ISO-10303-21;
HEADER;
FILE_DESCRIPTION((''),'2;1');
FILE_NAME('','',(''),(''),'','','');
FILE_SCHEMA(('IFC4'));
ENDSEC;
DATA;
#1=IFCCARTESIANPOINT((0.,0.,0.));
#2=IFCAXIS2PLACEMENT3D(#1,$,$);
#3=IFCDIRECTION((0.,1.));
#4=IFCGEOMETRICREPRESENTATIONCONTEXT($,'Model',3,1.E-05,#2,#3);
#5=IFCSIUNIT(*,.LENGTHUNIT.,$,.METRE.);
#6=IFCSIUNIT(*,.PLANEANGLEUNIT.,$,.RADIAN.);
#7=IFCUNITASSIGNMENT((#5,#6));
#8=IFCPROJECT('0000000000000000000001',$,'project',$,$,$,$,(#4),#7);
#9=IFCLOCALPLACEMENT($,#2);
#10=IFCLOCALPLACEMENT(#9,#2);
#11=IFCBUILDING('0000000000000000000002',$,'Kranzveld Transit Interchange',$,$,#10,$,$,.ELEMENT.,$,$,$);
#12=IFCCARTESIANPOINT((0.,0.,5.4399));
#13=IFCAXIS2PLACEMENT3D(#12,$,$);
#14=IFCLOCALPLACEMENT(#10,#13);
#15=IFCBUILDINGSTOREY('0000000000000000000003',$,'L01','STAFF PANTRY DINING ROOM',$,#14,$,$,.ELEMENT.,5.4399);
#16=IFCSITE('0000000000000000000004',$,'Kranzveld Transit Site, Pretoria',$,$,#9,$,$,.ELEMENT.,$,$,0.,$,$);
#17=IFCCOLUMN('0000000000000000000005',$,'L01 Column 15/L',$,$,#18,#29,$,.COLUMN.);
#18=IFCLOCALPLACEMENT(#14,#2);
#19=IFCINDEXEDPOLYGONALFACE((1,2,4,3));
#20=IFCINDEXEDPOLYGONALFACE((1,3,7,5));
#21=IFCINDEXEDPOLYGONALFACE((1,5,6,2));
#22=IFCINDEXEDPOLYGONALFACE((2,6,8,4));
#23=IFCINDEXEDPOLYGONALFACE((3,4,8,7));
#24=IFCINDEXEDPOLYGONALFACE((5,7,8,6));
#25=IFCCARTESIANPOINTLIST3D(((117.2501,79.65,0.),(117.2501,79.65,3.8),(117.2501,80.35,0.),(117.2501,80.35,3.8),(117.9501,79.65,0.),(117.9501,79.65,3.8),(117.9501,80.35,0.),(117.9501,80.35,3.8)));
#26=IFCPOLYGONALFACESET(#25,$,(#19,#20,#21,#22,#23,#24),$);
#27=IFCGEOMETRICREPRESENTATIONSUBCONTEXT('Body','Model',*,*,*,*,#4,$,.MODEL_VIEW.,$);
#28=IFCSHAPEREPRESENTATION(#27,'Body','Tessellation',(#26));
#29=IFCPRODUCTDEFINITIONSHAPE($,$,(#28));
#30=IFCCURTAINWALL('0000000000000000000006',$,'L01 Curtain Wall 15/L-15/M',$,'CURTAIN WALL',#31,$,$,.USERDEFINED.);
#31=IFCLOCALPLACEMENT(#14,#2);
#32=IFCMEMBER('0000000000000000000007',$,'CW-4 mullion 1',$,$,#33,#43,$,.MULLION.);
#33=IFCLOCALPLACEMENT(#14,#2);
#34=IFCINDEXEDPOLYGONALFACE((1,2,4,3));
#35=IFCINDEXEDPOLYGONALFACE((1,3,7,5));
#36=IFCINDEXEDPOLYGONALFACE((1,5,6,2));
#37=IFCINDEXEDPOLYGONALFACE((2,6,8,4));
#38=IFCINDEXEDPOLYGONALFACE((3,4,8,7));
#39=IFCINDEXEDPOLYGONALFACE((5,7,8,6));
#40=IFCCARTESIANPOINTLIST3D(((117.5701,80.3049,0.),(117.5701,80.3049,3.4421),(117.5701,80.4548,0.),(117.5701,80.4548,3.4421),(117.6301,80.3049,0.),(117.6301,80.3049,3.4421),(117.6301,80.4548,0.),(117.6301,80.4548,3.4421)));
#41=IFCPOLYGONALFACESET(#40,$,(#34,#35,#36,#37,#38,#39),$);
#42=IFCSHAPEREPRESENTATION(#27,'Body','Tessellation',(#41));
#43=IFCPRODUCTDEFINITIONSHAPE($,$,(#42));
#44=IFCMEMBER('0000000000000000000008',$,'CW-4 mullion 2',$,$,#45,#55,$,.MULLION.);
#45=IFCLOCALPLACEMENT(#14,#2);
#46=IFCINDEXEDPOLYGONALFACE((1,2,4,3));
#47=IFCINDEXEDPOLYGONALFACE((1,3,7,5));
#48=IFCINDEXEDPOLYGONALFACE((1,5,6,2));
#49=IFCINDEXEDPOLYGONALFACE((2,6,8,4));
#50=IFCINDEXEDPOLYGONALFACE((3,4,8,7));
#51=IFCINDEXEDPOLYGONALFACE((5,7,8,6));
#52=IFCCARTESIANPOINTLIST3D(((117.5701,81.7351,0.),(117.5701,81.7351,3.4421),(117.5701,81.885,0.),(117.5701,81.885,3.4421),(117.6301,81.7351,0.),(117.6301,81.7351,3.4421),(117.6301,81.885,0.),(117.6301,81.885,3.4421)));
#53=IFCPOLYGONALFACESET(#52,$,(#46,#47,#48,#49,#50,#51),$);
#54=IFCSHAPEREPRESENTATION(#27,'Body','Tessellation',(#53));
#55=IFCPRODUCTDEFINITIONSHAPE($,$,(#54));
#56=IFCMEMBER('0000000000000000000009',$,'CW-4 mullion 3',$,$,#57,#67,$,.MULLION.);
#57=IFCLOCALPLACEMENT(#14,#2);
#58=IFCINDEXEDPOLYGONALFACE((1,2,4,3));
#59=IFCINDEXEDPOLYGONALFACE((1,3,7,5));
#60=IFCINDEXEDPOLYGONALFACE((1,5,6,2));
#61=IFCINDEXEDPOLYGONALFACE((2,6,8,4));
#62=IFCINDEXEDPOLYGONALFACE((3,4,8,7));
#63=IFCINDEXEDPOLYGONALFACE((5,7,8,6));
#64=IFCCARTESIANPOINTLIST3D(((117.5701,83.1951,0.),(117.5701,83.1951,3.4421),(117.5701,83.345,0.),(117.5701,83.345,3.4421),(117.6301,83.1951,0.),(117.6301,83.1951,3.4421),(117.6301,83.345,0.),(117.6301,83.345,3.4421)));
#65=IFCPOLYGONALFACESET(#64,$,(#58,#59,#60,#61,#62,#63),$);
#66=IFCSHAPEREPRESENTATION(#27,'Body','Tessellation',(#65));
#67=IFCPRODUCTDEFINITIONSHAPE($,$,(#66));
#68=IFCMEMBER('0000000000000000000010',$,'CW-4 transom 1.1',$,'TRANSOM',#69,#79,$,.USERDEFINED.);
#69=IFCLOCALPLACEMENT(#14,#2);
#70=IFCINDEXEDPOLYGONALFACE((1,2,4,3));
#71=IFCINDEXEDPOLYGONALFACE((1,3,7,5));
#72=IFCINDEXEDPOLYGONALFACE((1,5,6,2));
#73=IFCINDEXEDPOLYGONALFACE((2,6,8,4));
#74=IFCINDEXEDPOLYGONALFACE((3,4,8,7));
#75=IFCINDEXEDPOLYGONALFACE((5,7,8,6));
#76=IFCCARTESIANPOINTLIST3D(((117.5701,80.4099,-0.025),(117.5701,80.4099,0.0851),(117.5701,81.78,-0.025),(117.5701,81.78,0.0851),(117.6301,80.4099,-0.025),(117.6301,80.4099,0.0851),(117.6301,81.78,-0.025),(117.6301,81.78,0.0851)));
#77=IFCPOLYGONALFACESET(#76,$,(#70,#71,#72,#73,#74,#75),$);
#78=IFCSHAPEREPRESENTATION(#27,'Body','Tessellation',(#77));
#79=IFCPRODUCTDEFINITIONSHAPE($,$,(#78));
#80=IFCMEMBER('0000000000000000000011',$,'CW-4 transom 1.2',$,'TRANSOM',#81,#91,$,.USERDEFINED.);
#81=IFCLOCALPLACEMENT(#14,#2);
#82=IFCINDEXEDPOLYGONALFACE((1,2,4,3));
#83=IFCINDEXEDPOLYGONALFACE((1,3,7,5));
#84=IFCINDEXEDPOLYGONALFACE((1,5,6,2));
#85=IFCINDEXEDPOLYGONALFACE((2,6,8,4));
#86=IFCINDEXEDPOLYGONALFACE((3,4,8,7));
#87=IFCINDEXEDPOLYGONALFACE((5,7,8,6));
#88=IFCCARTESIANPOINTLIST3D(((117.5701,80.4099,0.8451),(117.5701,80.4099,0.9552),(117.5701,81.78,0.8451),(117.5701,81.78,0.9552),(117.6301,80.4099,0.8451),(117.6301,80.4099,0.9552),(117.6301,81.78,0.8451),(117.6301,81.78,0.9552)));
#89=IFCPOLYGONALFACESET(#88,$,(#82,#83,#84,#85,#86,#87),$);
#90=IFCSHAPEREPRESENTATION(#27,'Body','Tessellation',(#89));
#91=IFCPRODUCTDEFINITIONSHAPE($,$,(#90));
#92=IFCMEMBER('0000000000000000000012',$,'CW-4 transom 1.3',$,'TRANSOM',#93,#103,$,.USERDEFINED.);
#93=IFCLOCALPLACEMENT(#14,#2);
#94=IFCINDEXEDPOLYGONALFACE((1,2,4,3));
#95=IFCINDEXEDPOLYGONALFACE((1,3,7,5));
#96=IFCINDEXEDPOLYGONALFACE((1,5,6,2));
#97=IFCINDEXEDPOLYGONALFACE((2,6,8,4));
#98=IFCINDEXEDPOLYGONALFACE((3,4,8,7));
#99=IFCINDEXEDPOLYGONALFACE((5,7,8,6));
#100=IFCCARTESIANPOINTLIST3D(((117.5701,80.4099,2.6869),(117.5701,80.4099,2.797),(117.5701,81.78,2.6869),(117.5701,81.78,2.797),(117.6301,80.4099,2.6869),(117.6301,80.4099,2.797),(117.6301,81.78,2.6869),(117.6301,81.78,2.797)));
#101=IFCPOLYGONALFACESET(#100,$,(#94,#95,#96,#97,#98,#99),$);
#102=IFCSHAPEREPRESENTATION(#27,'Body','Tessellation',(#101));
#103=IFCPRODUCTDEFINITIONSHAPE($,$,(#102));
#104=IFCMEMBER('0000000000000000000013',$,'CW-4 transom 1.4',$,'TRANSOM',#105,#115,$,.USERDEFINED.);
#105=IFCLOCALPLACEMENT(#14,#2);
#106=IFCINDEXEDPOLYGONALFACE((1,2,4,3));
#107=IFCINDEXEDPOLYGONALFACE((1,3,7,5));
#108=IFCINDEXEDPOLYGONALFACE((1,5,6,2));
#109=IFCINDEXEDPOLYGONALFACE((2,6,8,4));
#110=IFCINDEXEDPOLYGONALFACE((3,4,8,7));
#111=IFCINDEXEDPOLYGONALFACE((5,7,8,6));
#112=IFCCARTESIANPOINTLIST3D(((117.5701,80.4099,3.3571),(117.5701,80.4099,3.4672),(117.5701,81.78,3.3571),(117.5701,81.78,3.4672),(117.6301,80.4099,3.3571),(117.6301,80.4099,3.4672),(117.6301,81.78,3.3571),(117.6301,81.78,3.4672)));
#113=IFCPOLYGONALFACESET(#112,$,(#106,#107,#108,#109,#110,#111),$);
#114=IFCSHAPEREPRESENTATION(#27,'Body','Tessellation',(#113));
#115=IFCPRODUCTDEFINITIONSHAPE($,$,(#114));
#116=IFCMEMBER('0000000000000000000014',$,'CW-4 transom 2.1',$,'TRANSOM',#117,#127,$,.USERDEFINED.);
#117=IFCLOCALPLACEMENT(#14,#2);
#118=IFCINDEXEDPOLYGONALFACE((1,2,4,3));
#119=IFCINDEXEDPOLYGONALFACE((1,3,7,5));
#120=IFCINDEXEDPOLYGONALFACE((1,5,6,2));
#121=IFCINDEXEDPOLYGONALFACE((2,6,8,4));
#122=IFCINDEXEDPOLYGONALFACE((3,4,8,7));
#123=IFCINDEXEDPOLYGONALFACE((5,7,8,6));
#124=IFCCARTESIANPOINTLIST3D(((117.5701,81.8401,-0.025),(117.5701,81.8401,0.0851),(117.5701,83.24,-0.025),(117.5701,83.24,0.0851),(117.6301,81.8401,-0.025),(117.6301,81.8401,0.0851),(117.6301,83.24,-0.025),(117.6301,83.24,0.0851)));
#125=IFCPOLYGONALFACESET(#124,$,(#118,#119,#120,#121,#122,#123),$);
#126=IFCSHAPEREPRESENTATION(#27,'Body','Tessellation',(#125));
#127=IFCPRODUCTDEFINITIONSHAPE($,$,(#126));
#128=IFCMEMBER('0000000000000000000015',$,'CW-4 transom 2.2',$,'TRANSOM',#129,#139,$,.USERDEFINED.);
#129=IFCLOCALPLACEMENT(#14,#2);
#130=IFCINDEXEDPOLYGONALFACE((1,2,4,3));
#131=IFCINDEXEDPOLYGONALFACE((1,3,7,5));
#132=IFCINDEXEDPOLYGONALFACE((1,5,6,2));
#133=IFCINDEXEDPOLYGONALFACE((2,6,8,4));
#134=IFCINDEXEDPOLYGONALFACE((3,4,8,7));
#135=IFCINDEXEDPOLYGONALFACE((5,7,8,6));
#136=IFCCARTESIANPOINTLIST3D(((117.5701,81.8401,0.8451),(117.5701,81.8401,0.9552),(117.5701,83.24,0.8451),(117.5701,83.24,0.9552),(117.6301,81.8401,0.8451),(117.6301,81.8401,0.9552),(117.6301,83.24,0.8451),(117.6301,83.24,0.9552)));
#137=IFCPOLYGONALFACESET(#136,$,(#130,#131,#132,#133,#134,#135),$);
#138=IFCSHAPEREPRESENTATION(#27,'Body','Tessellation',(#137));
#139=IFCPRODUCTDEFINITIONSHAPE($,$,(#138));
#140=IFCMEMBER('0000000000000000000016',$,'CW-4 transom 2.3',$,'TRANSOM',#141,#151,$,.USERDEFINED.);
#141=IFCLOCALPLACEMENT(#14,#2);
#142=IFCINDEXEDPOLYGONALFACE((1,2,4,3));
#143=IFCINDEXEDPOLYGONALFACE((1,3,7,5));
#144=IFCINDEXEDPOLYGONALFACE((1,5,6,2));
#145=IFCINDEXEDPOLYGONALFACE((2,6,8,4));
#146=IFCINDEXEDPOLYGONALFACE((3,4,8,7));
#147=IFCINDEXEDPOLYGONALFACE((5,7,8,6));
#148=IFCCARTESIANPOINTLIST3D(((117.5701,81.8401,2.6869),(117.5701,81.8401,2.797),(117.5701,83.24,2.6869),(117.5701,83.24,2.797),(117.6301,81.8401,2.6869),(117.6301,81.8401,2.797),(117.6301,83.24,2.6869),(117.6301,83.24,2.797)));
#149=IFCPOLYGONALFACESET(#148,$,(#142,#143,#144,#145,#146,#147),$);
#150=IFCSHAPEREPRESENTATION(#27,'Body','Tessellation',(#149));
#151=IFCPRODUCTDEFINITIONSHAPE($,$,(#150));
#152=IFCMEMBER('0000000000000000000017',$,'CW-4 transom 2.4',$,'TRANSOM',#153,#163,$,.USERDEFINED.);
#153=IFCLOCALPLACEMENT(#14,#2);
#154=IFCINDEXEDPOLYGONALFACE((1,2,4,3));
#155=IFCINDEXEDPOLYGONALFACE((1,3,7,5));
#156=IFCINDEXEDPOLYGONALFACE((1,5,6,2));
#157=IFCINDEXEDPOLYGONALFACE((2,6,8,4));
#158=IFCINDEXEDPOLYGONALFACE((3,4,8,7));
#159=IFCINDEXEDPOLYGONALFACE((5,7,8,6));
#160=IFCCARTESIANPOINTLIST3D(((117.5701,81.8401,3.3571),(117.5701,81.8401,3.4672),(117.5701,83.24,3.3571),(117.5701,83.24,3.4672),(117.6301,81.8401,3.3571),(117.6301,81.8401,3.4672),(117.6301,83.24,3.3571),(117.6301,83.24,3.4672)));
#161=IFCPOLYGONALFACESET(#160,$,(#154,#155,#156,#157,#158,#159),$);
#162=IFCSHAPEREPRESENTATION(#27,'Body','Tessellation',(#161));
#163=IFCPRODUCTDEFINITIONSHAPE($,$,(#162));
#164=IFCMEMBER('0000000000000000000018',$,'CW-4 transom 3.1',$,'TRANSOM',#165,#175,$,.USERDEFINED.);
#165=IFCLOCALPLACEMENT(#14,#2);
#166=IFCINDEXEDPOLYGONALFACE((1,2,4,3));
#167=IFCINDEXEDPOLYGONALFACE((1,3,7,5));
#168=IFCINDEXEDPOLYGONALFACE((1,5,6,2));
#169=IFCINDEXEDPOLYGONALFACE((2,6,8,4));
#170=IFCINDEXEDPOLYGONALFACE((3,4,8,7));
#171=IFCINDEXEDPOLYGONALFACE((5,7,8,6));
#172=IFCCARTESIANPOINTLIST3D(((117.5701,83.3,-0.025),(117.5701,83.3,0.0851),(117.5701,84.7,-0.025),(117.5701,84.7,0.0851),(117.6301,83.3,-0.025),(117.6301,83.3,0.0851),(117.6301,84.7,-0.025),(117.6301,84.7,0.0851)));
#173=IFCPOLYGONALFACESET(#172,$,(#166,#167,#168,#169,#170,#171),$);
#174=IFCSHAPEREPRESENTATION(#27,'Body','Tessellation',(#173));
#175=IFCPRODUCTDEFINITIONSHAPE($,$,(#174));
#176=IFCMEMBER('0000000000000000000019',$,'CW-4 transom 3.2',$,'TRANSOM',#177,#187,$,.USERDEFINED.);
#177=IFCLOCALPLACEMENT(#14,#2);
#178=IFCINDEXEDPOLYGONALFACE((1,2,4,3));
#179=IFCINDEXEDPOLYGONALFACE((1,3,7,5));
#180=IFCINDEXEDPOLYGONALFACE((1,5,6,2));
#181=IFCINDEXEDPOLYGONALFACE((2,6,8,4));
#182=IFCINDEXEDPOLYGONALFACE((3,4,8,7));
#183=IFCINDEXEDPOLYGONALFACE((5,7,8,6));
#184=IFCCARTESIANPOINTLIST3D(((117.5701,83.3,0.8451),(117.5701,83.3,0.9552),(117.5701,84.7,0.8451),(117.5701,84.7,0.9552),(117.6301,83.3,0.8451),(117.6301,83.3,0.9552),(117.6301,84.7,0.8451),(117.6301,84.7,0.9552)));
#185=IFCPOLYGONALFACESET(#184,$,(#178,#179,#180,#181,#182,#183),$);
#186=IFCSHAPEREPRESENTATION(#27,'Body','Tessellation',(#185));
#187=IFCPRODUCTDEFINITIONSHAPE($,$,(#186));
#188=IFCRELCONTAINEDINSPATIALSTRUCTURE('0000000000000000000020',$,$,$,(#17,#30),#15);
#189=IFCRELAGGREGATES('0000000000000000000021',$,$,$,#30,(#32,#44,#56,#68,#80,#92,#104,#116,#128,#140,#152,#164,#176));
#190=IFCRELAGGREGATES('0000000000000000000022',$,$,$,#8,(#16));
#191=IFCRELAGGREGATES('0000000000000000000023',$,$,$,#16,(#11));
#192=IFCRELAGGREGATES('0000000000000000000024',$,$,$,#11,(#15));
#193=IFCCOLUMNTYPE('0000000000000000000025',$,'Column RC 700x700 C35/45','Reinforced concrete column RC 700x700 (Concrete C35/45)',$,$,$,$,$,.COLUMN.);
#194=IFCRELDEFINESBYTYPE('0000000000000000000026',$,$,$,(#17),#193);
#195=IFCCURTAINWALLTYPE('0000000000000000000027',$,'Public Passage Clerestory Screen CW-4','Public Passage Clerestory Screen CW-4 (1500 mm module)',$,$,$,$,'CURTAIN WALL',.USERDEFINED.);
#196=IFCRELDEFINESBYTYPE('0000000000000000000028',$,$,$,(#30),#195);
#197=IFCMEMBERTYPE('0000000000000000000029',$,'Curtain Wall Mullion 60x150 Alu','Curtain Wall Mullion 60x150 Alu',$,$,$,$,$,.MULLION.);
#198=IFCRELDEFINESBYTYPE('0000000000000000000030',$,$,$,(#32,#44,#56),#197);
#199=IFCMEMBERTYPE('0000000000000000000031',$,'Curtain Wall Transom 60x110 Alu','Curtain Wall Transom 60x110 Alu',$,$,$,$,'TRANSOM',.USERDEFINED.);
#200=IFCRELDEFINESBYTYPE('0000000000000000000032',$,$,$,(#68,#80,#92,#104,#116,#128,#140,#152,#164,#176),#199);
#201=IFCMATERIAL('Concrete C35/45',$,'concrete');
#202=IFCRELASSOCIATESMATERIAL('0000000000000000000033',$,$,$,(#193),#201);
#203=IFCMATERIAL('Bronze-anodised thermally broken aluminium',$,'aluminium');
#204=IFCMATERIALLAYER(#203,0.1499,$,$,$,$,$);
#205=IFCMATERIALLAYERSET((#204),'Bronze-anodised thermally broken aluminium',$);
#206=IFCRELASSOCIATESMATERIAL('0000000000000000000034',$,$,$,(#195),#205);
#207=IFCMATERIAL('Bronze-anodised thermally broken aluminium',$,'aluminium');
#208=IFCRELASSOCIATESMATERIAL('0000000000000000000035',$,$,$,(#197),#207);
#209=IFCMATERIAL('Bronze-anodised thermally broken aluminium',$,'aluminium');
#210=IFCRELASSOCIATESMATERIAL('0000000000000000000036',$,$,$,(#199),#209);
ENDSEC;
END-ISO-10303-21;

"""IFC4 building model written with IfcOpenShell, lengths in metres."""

from ifc_helpers import new_model, si_unit, direction, frame, origin, origin_2d, place, context, subcontext, project, spatial, rectangle, extrude, material, layer, layer_set, material_profile, profile_set, type_object, element, aggregate, save


model = new_model("IFC4")

# Units and contexts
model_context = context("Model", 3, precision=1e-05, world=origin(), true_north=direction((0.0, 1.0)))
body_context = subcontext(model_context, "Body", "Model", "MODEL_VIEW")
ifc_project = project(units=[si_unit("LENGTHUNIT", "METRE"), si_unit("PLANEANGLEUNIT", "RADIAN")], contexts=[model_context])

# Site, building, storey
site_placement = place(None, origin())
site = spatial("IfcSite", under=ifc_project, at=site_placement, Name="Kranzveld Transit Site, Pretoria", CompositionType="ELEMENT", RefElevation=0.0)
building_placement = place(site_placement, origin())
building = spatial("IfcBuilding", under=site, at=building_placement, Name="Kranzveld Transit Interchange", CompositionType="ELEMENT")
storey_placement = place(building_placement, frame((0.0, 0.0, 5.4399)))
storey = spatial("IfcBuildingStorey", under=building, at=storey_placement, Name="L01", Description="STAFF PANTRY DINING ROOM", CompositionType="ELEMENT", Elevation=5.4399)

# Column
ifc_material_1 = material(Name="Concrete C35/45", Category="concrete")
ifc_material_profile_1 = material_profile(ifc_material_1, rectangle(XDim=0.7, YDim=0.7, at=origin_2d()), Name="RC 700x700")
ifc_profile_set_1 = profile_set([ifc_material_profile_1], Name="Concrete C35/45")
column_type = type_object("IfcColumnType", Name="Column RC 700x700 C35/45", Description="Reinforced concrete column RC 700x700 (Concrete C35/45)", PredefinedType="COLUMN", material=ifc_profile_set_1)
column_placement = place(storey_placement, frame((117.6001, 80.0, 0.0), z_axis=(0.0, 0.0, 1.0), x_axis=(1.0, 0.0, 0.0)))
element("IfcColumn", 1, at=column_placement, inside=storey, type_object=column_type, Name="L01 Column 15/L", PredefinedType="COLUMN", context=body_context, shape_type="SweptSolid", body=[
    extrude(rectangle(XDim=0.7, YDim=0.7, at=origin_2d()), origin(), (0.0, 0.0, 1.0), 3.8),
])

# Curtain wall, members
ifc_material_2 = material(Name="Bronze-anodised thermally broken aluminium", Category="aluminium")
ifc_layer_1 = layer(ifc_material_2, 0.1499)
ifc_layer_set_1 = layer_set([ifc_layer_1], Name="Bronze-anodised thermally broken aluminium")
curtain_wall_type = type_object("IfcCurtainWallType", Name="Public Passage Clerestory Screen CW-4", Description="Public Passage Clerestory Screen CW-4 (1500 mm module)", ElementType="CURTAIN WALL", PredefinedType="USERDEFINED", material=ifc_layer_set_1)
curtain_wall_placement = place(storey_placement, origin())
curtain_wall = element("IfcCurtainWall", 2, at=curtain_wall_placement, inside=storey, type_object=curtain_wall_type, Name="L01 Curtain Wall 15/L-15/M", ObjectType="CURTAIN WALL", PredefinedType="USERDEFINED")
ifc_material_3 = material(Name="Bronze-anodised thermally broken aluminium", Category="aluminium")
ifc_material_profile_2 = material_profile(ifc_material_3, rectangle(XDim=0.0601, YDim=0.1499, at=origin_2d()), Name="ALU MULLION 60x150")
ifc_profile_set_2 = profile_set([ifc_material_profile_2], Name="Bronze-anodised thermally broken aluminium")
member_type_1 = type_object("IfcMemberType", Name="Curtain Wall Mullion 60x150 Alu", Description="Curtain Wall Mullion 60x150 Alu", PredefinedType="MULLION", material=ifc_profile_set_2)
member_1_placement = place(storey_placement, frame((117.6001, 80.3799, 0.0), z_axis=(0.0, 0.0, 1.0), x_axis=(-1.0, 0.0, 0.0)))
member_1 = element("IfcMember", 3, at=member_1_placement, type_object=member_type_1, Name="CW-4 mullion 1", PredefinedType="MULLION", context=body_context, shape_type="SweptSolid", body=[
    extrude(rectangle(XDim=0.0601, YDim=0.1499, at=origin_2d()), origin(), (0.0, 0.0, 1.0), 3.4421),
])
member_2_placement = place(storey_placement, frame((117.6001, 81.8101, 0.0), z_axis=(0.0, 0.0, 1.0), x_axis=(-1.0, 0.0, 0.0)))
member_2 = element("IfcMember", 4, at=member_2_placement, type_object=member_type_1, Name="CW-4 mullion 2", PredefinedType="MULLION", context=body_context, shape_type="SweptSolid", body=[
    extrude(rectangle(XDim=0.0601, YDim=0.1499, at=origin_2d()), origin(), (0.0, 0.0, 1.0), 3.4421),
])
member_3_placement = place(storey_placement, frame((117.6001, 83.27, 0.0), z_axis=(0.0, 0.0, 1.0), x_axis=(-1.0, 0.0, 0.0)))
member_3 = element("IfcMember", 5, at=member_3_placement, type_object=member_type_1, Name="CW-4 mullion 3", PredefinedType="MULLION", context=body_context, shape_type="SweptSolid", body=[
    extrude(rectangle(XDim=0.0601, YDim=0.1499, at=origin_2d()), origin(), (0.0, 0.0, 1.0), 3.4421),
])
ifc_material_4 = material(Name="Bronze-anodised thermally broken aluminium", Category="aluminium")
ifc_material_profile_3 = material_profile(ifc_material_4, rectangle(XDim=0.0601, YDim=0.1101, at=origin_2d()), Name="ALU TRANSOM 60x110")
ifc_profile_set_3 = profile_set([ifc_material_profile_3], Name="Bronze-anodised thermally broken aluminium")
member_type_2 = type_object("IfcMemberType", Name="Curtain Wall Transom 60x110 Alu", Description="Curtain Wall Transom 60x110 Alu", ElementType="TRANSOM", PredefinedType="USERDEFINED", material=ifc_profile_set_3)
member_4_placement = place(storey_placement, frame((117.6001, 80.4099, 0.03), z_axis=(0.0, 1.0, 0.0), x_axis=(-1.0, 0.0, 0.0)))
member_4 = element("IfcMember", 6, at=member_4_placement, type_object=member_type_2, Name="CW-4 transom 1.1", ObjectType="TRANSOM", PredefinedType="USERDEFINED", context=body_context, shape_type="SweptSolid", body=[
    extrude(rectangle(XDim=0.0601, YDim=0.1101, at=origin_2d()), origin(), (0.0, 0.0, 1.0), 1.3701),
])
member_5_placement = place(storey_placement, frame((117.6001, 80.4099, 0.9001), z_axis=(0.0, 1.0, 0.0), x_axis=(-1.0, 0.0, 0.0)))
member_5 = element("IfcMember", 7, at=member_5_placement, type_object=member_type_2, Name="CW-4 transom 1.2", ObjectType="TRANSOM", PredefinedType="USERDEFINED", context=body_context, shape_type="SweptSolid", body=[
    extrude(rectangle(XDim=0.0601, YDim=0.1101, at=origin_2d()), origin(), (0.0, 0.0, 1.0), 1.3701),
])
member_6_placement = place(storey_placement, frame((117.6001, 80.4099, 2.7419), z_axis=(0.0, 1.0, 0.0), x_axis=(-1.0, 0.0, 0.0)))
member_6 = element("IfcMember", 8, at=member_6_placement, type_object=member_type_2, Name="CW-4 transom 1.3", ObjectType="TRANSOM", PredefinedType="USERDEFINED", context=body_context, shape_type="SweptSolid", body=[
    extrude(rectangle(XDim=0.0601, YDim=0.1101, at=origin_2d()), origin(), (0.0, 0.0, 1.0), 1.3701),
])
member_7_placement = place(storey_placement, frame((117.6001, 80.4099, 3.4121), z_axis=(0.0, 1.0, 0.0), x_axis=(-1.0, 0.0, 0.0)))
member_7 = element("IfcMember", 9, at=member_7_placement, type_object=member_type_2, Name="CW-4 transom 1.4", ObjectType="TRANSOM", PredefinedType="USERDEFINED", context=body_context, shape_type="SweptSolid", body=[
    extrude(rectangle(XDim=0.0601, YDim=0.1101, at=origin_2d()), origin(), (0.0, 0.0, 1.0), 1.3701),
])
member_8_placement = place(storey_placement, frame((117.6001, 81.8401, 0.03), z_axis=(0.0, 1.0, 0.0), x_axis=(-1.0, 0.0, 0.0)))
member_8 = element("IfcMember", 10, at=member_8_placement, type_object=member_type_2, Name="CW-4 transom 2.1", ObjectType="TRANSOM", PredefinedType="USERDEFINED", context=body_context, shape_type="SweptSolid", body=[
    extrude(rectangle(XDim=0.0601, YDim=0.1101, at=origin_2d()), origin(), (0.0, 0.0, 1.0), 1.3999),
])
member_9_placement = place(storey_placement, frame((117.6001, 81.8401, 0.9001), z_axis=(0.0, 1.0, 0.0), x_axis=(-1.0, 0.0, 0.0)))
member_9 = element("IfcMember", 11, at=member_9_placement, type_object=member_type_2, Name="CW-4 transom 2.2", ObjectType="TRANSOM", PredefinedType="USERDEFINED", context=body_context, shape_type="SweptSolid", body=[
    extrude(rectangle(XDim=0.0601, YDim=0.1101, at=origin_2d()), origin(), (0.0, 0.0, 1.0), 1.3999),
])
member_10_placement = place(storey_placement, frame((117.6001, 81.8401, 2.7419), z_axis=(0.0, 1.0, 0.0), x_axis=(-1.0, 0.0, 0.0)))
member_10 = element("IfcMember", 12, at=member_10_placement, type_object=member_type_2, Name="CW-4 transom 2.3", ObjectType="TRANSOM", PredefinedType="USERDEFINED", context=body_context, shape_type="SweptSolid", body=[
    extrude(rectangle(XDim=0.0601, YDim=0.1101, at=origin_2d()), origin(), (0.0, 0.0, 1.0), 1.3999),
])
member_11_placement = place(storey_placement, frame((117.6001, 81.8401, 3.4121), z_axis=(0.0, 1.0, 0.0), x_axis=(-1.0, 0.0, 0.0)))
member_11 = element("IfcMember", 13, at=member_11_placement, type_object=member_type_2, Name="CW-4 transom 2.4", ObjectType="TRANSOM", PredefinedType="USERDEFINED", context=body_context, shape_type="SweptSolid", body=[
    extrude(rectangle(XDim=0.0601, YDim=0.1101, at=origin_2d()), origin(), (0.0, 0.0, 1.0), 1.3999),
])
member_12_placement = place(storey_placement, frame((117.6001, 83.3, 0.03), z_axis=(0.0, 1.0, 0.0), x_axis=(-1.0, 0.0, 0.0)))
member_12 = element("IfcMember", 14, at=member_12_placement, type_object=member_type_2, Name="CW-4 transom 3.1", ObjectType="TRANSOM", PredefinedType="USERDEFINED", context=body_context, shape_type="SweptSolid", body=[
    extrude(rectangle(XDim=0.0601, YDim=0.1101, at=origin_2d()), origin(), (0.0, 0.0, 1.0), 1.3999),
])
member_13_placement = place(storey_placement, frame((117.6001, 83.3, 0.9001), z_axis=(0.0, 1.0, 0.0), x_axis=(-1.0, 0.0, 0.0)))
member_13 = element("IfcMember", 15, at=member_13_placement, type_object=member_type_2, Name="CW-4 transom 3.2", ObjectType="TRANSOM", PredefinedType="USERDEFINED", context=body_context, shape_type="SweptSolid", body=[
    extrude(rectangle(XDim=0.0601, YDim=0.1101, at=origin_2d()), origin(), (0.0, 0.0, 1.0), 1.3999),
])

aggregate(curtain_wall, [member_1, member_2, member_3, member_4, member_5, member_6, member_7, member_8, member_9, member_10, member_11, member_12, member_13])

save(model, "model.ifc")
